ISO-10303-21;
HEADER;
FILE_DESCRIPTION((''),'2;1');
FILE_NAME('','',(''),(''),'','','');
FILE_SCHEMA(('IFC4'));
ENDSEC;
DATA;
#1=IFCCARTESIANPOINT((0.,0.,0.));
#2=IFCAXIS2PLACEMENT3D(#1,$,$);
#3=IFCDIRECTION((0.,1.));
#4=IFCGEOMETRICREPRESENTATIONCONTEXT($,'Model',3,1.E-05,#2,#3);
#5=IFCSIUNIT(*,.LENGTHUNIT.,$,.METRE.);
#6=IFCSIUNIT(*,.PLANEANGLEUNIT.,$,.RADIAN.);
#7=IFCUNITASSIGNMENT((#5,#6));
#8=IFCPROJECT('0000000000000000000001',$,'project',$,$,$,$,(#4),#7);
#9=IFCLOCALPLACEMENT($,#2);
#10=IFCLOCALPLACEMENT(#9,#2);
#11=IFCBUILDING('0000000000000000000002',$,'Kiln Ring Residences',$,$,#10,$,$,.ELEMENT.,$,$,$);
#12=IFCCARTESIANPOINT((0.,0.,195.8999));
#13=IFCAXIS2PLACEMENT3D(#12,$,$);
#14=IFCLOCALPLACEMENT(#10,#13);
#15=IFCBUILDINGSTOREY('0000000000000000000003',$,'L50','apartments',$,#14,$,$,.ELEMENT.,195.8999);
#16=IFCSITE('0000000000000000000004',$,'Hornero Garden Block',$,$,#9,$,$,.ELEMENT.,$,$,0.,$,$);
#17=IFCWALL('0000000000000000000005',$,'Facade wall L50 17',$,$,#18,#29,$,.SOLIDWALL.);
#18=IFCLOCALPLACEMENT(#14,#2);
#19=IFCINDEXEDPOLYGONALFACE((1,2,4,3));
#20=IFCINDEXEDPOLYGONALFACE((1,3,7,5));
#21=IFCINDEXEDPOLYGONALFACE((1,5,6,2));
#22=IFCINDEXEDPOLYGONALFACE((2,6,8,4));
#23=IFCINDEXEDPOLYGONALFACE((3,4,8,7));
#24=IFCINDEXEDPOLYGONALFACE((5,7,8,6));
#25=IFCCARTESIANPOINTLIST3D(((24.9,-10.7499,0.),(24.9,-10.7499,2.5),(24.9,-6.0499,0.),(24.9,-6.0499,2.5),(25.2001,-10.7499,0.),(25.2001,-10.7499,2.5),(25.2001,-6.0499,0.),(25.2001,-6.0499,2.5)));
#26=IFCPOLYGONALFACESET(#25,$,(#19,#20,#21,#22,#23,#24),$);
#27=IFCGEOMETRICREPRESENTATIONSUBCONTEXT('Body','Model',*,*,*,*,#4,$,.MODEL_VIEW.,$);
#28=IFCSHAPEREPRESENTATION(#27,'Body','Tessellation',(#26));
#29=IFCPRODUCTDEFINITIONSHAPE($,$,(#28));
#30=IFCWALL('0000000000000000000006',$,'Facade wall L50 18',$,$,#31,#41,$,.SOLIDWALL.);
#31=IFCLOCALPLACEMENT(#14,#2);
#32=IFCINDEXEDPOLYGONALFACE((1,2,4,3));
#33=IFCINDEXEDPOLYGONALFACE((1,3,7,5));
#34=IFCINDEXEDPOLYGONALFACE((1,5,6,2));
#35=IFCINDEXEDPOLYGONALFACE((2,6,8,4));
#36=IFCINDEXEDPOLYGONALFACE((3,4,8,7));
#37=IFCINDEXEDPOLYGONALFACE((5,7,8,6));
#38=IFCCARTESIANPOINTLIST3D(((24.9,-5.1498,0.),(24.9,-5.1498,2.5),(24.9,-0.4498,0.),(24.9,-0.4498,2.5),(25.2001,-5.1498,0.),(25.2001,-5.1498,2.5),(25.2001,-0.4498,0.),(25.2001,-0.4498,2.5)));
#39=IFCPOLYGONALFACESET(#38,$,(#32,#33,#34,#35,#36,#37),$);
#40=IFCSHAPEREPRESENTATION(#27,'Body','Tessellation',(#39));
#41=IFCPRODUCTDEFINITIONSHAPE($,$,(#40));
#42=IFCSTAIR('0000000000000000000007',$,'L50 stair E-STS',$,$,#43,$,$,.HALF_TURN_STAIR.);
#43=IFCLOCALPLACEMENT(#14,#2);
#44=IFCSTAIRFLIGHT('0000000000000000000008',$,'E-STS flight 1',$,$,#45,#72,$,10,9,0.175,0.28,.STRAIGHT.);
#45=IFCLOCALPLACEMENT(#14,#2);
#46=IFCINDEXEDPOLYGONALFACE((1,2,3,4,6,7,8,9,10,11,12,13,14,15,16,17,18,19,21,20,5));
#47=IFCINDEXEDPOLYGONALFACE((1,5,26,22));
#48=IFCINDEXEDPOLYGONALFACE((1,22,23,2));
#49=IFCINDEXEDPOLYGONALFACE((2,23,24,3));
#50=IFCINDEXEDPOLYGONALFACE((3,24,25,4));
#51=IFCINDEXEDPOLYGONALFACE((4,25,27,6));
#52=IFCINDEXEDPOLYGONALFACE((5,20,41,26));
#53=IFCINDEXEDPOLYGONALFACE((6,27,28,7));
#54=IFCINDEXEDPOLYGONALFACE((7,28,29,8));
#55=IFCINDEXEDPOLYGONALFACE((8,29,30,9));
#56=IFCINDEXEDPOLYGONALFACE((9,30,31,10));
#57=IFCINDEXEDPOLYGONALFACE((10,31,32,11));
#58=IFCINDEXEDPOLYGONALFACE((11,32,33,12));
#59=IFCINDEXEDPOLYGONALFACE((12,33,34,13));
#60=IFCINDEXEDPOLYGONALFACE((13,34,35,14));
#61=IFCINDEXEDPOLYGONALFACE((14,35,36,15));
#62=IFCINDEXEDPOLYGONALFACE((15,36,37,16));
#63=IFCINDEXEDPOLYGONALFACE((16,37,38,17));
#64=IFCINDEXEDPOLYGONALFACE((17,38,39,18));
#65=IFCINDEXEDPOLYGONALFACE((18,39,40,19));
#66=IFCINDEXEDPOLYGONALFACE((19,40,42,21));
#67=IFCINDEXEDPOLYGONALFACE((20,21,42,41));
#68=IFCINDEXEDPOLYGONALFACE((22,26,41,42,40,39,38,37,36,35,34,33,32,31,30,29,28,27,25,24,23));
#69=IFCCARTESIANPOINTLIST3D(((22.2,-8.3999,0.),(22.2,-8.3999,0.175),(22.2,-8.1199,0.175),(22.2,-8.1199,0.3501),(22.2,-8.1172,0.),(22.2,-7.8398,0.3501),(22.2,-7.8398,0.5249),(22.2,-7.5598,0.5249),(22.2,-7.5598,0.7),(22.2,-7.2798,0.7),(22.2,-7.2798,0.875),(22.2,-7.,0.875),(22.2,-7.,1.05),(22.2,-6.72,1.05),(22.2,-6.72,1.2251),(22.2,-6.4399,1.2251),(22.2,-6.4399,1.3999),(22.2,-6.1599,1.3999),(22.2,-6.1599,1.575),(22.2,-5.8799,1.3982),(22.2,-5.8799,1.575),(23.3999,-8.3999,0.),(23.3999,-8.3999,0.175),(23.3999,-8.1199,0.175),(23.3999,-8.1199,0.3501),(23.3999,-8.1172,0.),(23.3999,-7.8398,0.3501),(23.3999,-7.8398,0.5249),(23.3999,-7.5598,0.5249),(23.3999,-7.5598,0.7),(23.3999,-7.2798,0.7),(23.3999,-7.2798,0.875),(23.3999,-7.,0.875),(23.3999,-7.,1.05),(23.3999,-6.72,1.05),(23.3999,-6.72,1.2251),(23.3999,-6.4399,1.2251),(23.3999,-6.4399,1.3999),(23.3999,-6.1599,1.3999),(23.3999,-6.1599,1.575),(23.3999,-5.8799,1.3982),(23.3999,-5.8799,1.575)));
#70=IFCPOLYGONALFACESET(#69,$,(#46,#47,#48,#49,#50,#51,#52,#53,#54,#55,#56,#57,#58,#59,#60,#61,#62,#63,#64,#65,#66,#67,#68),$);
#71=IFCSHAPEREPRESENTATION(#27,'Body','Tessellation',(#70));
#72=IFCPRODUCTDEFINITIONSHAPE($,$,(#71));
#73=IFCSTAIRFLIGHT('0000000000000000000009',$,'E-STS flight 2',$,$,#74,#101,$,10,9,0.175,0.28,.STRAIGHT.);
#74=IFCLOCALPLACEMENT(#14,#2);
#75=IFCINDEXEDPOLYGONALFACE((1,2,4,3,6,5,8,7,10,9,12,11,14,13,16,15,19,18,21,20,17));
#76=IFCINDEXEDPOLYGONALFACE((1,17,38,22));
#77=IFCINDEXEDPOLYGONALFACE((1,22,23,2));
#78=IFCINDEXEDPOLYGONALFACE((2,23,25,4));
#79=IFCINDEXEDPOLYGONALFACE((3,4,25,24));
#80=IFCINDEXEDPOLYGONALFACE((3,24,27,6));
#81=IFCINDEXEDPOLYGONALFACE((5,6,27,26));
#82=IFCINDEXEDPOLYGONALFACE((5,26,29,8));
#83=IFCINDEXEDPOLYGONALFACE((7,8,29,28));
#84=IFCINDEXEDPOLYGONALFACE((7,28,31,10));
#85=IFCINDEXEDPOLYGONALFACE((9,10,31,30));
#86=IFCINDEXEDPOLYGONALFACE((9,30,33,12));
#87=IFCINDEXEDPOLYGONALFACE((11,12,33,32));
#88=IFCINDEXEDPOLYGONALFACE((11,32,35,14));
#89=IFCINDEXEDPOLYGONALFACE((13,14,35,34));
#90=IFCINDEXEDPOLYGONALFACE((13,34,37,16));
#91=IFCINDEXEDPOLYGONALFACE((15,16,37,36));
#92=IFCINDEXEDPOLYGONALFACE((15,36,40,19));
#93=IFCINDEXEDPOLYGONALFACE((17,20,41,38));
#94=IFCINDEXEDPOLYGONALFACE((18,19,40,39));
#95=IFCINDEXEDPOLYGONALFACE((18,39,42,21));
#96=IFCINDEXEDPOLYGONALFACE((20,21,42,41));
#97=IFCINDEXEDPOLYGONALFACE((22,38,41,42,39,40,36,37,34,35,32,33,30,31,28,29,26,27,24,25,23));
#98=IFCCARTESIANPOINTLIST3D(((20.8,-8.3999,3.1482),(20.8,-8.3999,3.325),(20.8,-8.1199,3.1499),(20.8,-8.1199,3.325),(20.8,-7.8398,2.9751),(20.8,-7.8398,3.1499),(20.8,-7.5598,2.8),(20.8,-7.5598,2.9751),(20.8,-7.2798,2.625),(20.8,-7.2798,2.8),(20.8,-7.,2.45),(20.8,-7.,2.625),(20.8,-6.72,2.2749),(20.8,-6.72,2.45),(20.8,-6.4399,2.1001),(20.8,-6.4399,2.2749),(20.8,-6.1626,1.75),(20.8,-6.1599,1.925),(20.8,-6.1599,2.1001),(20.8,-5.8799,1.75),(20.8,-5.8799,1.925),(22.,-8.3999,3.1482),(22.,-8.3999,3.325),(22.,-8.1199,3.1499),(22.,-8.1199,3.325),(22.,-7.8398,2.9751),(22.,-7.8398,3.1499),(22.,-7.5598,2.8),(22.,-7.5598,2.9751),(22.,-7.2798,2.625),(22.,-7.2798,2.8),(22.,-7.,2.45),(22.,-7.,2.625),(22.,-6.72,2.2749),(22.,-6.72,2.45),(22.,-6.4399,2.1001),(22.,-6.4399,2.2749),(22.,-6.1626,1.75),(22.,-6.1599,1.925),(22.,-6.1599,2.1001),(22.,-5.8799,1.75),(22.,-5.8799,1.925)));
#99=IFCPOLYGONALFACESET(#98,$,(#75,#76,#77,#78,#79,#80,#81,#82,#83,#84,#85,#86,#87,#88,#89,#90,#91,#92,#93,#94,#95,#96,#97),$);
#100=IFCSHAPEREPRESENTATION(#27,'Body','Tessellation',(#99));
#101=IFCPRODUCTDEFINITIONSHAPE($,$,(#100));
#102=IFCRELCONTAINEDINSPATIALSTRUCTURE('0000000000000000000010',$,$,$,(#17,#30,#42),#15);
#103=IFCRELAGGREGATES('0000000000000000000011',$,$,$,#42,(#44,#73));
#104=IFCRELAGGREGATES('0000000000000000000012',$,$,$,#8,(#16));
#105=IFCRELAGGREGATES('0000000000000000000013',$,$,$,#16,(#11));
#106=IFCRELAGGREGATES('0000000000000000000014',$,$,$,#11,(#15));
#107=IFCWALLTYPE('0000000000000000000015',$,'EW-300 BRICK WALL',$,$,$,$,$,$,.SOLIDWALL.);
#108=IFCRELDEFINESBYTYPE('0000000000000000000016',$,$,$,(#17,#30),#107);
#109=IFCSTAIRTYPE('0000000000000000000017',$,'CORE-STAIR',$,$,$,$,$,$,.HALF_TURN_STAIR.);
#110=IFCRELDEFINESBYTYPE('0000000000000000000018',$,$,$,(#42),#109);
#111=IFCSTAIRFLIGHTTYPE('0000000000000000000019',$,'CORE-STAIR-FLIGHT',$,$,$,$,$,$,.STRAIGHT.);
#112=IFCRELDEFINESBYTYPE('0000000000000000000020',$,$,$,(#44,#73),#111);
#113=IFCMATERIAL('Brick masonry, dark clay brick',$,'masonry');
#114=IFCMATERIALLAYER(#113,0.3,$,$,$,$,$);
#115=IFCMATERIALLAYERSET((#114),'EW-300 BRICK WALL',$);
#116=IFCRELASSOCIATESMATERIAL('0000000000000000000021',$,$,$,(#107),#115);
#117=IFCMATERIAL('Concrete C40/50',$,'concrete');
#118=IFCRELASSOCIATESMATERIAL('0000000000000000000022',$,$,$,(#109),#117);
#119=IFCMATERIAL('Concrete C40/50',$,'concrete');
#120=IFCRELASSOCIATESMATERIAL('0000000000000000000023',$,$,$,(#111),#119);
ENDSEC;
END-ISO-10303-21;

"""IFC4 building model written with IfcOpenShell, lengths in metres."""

from ifc_helpers import new_model, si_unit, direction, frame, frame_2d, origin, place, context, subcontext, project, spatial, polyline, rectangle, outline, extrude, material, layer, layer_set, type_object, element, aggregate, save


model = new_model("IFC4")

# Units and contexts
model_context = context("Model", 3, precision=1e-05, world=origin(), true_north=direction((0.0, 1.0)))
body_context = subcontext(model_context, "Body", "Model", "MODEL_VIEW")
ifc_project = project(units=[si_unit("LENGTHUNIT", "METRE"), si_unit("PLANEANGLEUNIT", "RADIAN")], contexts=[model_context])

# Site, building, storey
site_placement = place(None, origin())
site = spatial("IfcSite", under=ifc_project, at=site_placement, Name="Hornero Garden Block", CompositionType="ELEMENT", RefElevation=0.0)
building_placement = place(site_placement, origin())
building = spatial("IfcBuilding", under=site, at=building_placement, Name="Kiln Ring Residences", CompositionType="ELEMENT")
storey_placement = place(building_placement, frame((0.0, 0.0, 195.8999)))
storey = spatial("IfcBuildingStorey", under=building, at=storey_placement, Name="L50", Description="apartments", CompositionType="ELEMENT", Elevation=195.8999)

# Walls
ifc_material_1 = material(Name="Brick masonry, dark clay brick", Category="masonry")
ifc_layer_1 = layer(ifc_material_1, 0.3)
ifc_layer_set_1 = layer_set([ifc_layer_1], Name="EW-300 BRICK WALL")
wall_type_1 = type_object("IfcWallType", Name="EW-300 BRICK WALL", PredefinedType="SOLIDWALL", material=ifc_layer_set_1)
for number, where, z_axis, x_axis, name in (
    (1, (25.05, -10.75, 0.0), (0.0, 0.0, 1.0), (0.0, 1.0, 0.0), "Facade wall L50 17"),
    (2, (25.05, -5.1499, 0.0), (0.0, 0.0, 1.0), (0.0, 1.0, 0.0), "Facade wall L50 18"),
):
    element("IfcWall", number, at=place(storey_placement, frame(where, z_axis=z_axis, x_axis=x_axis)), inside=storey, type_object=wall_type_1, Name=name, PredefinedType="SOLIDWALL", context=body_context, shape_type="SweptSolid", body=[
        extrude(rectangle(XDim=4.7, YDim=0.3, at=frame_2d((2.3501, 0.0))), origin(), (0.0, 0.0, 1.0), 2.5),
    ])

# Stair, stair flights
ifc_material_2 = material(Name="Concrete C40/50", Category="concrete")
stair_type = type_object("IfcStairType", Name="CORE-STAIR", PredefinedType="HALF_TURN_STAIR", material=ifc_material_2)
stair_placement = place(storey_placement, origin())
stair = element("IfcStair", 3, at=stair_placement, inside=storey, type_object=stair_type, Name="L50 stair E-STS", PredefinedType="HALF_TURN_STAIR")
ifc_material_3 = material(Name="Concrete C40/50", Category="concrete")
stair_flight_type = type_object("IfcStairFlightType", Name="CORE-STAIR-FLIGHT", PredefinedType="STRAIGHT", material=ifc_material_3)
stair_flight_1_placement = place(storey_placement, frame((22.8, -8.3999, 0.0), z_axis=(0.0, 0.0, 1.0), x_axis=(0.0, 1.0, 0.0)))
stair_flight_1 = element("IfcStairFlight", 4, at=stair_flight_1_placement, type_object=stair_flight_type, Name="E-STS flight 1", NumberOfRisers=10, NumberOfTreads=9, PredefinedType="STRAIGHT", RiserHeight=0.175, TreadLength=0.28, context=body_context, shape_type="SweptSolid", body=[
    extrude(outline(polyline([(0.0, 0.0), (0.0, 0.175), (0.28, 0.175), (0.28, 0.3501), (0.5601, 0.3501), (0.5601, 0.5249), (0.8401, 0.5249), (0.8401, 0.7), (1.1201, 0.7), (1.1201, 0.875), (1.3999, 0.875), (1.3999, 1.05), (1.6799, 1.05), (1.6799, 1.2251), (1.96, 1.2251), (1.96, 1.3999), (2.24, 1.3999), (2.24, 1.575), (2.52, 1.575), (2.52, 1.75), (2.52, 1.3982), (0.2827, 0.0), (0.0, 0.0)])), frame((0.0, 0.6001, 0.0), z_axis=(0.0, -1.0, 0.0), x_axis=(1.0, 0.0, 0.0)), (0.0, 0.0, 1.0), 1.2),
])
stair_flight_2_placement = place(storey_placement, frame((21.3999, -5.8799, 1.75), z_axis=(0.0, 0.0, 1.0), x_axis=(0.0, -1.0, 0.0)))
stair_flight_2 = element("IfcStairFlight", 5, at=stair_flight_2_placement, type_object=stair_flight_type, Name="E-STS flight 2", NumberOfRisers=10, NumberOfTreads=9, PredefinedType="STRAIGHT", RiserHeight=0.175, TreadLength=0.28, context=body_context, shape_type="SweptSolid", body=[
    extrude(outline(polyline([(0.0, 0.0), (0.0, 0.175), (0.28, 0.175), (0.28, 0.3501), (0.5601, 0.3501), (0.5601, 0.5249), (0.8401, 0.5249), (0.8401, 0.7), (1.1201, 0.7), (1.1201, 0.875), (1.3999, 0.875), (1.3999, 1.05), (1.6799, 1.05), (1.6799, 1.2251), (1.96, 1.2251), (1.96, 1.3999), (2.24, 1.3999), (2.24, 1.575), (2.52, 1.575), (2.52, 1.75), (2.52, 1.3982), (0.2827, 0.0), (0.0, 0.0)])), frame((0.0, 0.6001, 0.0), z_axis=(0.0, -1.0, 0.0), x_axis=(1.0, 0.0, 0.0)), (0.0, 0.0, 1.0), 1.2),
])
aggregate(stair, [stair_flight_1, stair_flight_2])

save(model, "model.ifc")
